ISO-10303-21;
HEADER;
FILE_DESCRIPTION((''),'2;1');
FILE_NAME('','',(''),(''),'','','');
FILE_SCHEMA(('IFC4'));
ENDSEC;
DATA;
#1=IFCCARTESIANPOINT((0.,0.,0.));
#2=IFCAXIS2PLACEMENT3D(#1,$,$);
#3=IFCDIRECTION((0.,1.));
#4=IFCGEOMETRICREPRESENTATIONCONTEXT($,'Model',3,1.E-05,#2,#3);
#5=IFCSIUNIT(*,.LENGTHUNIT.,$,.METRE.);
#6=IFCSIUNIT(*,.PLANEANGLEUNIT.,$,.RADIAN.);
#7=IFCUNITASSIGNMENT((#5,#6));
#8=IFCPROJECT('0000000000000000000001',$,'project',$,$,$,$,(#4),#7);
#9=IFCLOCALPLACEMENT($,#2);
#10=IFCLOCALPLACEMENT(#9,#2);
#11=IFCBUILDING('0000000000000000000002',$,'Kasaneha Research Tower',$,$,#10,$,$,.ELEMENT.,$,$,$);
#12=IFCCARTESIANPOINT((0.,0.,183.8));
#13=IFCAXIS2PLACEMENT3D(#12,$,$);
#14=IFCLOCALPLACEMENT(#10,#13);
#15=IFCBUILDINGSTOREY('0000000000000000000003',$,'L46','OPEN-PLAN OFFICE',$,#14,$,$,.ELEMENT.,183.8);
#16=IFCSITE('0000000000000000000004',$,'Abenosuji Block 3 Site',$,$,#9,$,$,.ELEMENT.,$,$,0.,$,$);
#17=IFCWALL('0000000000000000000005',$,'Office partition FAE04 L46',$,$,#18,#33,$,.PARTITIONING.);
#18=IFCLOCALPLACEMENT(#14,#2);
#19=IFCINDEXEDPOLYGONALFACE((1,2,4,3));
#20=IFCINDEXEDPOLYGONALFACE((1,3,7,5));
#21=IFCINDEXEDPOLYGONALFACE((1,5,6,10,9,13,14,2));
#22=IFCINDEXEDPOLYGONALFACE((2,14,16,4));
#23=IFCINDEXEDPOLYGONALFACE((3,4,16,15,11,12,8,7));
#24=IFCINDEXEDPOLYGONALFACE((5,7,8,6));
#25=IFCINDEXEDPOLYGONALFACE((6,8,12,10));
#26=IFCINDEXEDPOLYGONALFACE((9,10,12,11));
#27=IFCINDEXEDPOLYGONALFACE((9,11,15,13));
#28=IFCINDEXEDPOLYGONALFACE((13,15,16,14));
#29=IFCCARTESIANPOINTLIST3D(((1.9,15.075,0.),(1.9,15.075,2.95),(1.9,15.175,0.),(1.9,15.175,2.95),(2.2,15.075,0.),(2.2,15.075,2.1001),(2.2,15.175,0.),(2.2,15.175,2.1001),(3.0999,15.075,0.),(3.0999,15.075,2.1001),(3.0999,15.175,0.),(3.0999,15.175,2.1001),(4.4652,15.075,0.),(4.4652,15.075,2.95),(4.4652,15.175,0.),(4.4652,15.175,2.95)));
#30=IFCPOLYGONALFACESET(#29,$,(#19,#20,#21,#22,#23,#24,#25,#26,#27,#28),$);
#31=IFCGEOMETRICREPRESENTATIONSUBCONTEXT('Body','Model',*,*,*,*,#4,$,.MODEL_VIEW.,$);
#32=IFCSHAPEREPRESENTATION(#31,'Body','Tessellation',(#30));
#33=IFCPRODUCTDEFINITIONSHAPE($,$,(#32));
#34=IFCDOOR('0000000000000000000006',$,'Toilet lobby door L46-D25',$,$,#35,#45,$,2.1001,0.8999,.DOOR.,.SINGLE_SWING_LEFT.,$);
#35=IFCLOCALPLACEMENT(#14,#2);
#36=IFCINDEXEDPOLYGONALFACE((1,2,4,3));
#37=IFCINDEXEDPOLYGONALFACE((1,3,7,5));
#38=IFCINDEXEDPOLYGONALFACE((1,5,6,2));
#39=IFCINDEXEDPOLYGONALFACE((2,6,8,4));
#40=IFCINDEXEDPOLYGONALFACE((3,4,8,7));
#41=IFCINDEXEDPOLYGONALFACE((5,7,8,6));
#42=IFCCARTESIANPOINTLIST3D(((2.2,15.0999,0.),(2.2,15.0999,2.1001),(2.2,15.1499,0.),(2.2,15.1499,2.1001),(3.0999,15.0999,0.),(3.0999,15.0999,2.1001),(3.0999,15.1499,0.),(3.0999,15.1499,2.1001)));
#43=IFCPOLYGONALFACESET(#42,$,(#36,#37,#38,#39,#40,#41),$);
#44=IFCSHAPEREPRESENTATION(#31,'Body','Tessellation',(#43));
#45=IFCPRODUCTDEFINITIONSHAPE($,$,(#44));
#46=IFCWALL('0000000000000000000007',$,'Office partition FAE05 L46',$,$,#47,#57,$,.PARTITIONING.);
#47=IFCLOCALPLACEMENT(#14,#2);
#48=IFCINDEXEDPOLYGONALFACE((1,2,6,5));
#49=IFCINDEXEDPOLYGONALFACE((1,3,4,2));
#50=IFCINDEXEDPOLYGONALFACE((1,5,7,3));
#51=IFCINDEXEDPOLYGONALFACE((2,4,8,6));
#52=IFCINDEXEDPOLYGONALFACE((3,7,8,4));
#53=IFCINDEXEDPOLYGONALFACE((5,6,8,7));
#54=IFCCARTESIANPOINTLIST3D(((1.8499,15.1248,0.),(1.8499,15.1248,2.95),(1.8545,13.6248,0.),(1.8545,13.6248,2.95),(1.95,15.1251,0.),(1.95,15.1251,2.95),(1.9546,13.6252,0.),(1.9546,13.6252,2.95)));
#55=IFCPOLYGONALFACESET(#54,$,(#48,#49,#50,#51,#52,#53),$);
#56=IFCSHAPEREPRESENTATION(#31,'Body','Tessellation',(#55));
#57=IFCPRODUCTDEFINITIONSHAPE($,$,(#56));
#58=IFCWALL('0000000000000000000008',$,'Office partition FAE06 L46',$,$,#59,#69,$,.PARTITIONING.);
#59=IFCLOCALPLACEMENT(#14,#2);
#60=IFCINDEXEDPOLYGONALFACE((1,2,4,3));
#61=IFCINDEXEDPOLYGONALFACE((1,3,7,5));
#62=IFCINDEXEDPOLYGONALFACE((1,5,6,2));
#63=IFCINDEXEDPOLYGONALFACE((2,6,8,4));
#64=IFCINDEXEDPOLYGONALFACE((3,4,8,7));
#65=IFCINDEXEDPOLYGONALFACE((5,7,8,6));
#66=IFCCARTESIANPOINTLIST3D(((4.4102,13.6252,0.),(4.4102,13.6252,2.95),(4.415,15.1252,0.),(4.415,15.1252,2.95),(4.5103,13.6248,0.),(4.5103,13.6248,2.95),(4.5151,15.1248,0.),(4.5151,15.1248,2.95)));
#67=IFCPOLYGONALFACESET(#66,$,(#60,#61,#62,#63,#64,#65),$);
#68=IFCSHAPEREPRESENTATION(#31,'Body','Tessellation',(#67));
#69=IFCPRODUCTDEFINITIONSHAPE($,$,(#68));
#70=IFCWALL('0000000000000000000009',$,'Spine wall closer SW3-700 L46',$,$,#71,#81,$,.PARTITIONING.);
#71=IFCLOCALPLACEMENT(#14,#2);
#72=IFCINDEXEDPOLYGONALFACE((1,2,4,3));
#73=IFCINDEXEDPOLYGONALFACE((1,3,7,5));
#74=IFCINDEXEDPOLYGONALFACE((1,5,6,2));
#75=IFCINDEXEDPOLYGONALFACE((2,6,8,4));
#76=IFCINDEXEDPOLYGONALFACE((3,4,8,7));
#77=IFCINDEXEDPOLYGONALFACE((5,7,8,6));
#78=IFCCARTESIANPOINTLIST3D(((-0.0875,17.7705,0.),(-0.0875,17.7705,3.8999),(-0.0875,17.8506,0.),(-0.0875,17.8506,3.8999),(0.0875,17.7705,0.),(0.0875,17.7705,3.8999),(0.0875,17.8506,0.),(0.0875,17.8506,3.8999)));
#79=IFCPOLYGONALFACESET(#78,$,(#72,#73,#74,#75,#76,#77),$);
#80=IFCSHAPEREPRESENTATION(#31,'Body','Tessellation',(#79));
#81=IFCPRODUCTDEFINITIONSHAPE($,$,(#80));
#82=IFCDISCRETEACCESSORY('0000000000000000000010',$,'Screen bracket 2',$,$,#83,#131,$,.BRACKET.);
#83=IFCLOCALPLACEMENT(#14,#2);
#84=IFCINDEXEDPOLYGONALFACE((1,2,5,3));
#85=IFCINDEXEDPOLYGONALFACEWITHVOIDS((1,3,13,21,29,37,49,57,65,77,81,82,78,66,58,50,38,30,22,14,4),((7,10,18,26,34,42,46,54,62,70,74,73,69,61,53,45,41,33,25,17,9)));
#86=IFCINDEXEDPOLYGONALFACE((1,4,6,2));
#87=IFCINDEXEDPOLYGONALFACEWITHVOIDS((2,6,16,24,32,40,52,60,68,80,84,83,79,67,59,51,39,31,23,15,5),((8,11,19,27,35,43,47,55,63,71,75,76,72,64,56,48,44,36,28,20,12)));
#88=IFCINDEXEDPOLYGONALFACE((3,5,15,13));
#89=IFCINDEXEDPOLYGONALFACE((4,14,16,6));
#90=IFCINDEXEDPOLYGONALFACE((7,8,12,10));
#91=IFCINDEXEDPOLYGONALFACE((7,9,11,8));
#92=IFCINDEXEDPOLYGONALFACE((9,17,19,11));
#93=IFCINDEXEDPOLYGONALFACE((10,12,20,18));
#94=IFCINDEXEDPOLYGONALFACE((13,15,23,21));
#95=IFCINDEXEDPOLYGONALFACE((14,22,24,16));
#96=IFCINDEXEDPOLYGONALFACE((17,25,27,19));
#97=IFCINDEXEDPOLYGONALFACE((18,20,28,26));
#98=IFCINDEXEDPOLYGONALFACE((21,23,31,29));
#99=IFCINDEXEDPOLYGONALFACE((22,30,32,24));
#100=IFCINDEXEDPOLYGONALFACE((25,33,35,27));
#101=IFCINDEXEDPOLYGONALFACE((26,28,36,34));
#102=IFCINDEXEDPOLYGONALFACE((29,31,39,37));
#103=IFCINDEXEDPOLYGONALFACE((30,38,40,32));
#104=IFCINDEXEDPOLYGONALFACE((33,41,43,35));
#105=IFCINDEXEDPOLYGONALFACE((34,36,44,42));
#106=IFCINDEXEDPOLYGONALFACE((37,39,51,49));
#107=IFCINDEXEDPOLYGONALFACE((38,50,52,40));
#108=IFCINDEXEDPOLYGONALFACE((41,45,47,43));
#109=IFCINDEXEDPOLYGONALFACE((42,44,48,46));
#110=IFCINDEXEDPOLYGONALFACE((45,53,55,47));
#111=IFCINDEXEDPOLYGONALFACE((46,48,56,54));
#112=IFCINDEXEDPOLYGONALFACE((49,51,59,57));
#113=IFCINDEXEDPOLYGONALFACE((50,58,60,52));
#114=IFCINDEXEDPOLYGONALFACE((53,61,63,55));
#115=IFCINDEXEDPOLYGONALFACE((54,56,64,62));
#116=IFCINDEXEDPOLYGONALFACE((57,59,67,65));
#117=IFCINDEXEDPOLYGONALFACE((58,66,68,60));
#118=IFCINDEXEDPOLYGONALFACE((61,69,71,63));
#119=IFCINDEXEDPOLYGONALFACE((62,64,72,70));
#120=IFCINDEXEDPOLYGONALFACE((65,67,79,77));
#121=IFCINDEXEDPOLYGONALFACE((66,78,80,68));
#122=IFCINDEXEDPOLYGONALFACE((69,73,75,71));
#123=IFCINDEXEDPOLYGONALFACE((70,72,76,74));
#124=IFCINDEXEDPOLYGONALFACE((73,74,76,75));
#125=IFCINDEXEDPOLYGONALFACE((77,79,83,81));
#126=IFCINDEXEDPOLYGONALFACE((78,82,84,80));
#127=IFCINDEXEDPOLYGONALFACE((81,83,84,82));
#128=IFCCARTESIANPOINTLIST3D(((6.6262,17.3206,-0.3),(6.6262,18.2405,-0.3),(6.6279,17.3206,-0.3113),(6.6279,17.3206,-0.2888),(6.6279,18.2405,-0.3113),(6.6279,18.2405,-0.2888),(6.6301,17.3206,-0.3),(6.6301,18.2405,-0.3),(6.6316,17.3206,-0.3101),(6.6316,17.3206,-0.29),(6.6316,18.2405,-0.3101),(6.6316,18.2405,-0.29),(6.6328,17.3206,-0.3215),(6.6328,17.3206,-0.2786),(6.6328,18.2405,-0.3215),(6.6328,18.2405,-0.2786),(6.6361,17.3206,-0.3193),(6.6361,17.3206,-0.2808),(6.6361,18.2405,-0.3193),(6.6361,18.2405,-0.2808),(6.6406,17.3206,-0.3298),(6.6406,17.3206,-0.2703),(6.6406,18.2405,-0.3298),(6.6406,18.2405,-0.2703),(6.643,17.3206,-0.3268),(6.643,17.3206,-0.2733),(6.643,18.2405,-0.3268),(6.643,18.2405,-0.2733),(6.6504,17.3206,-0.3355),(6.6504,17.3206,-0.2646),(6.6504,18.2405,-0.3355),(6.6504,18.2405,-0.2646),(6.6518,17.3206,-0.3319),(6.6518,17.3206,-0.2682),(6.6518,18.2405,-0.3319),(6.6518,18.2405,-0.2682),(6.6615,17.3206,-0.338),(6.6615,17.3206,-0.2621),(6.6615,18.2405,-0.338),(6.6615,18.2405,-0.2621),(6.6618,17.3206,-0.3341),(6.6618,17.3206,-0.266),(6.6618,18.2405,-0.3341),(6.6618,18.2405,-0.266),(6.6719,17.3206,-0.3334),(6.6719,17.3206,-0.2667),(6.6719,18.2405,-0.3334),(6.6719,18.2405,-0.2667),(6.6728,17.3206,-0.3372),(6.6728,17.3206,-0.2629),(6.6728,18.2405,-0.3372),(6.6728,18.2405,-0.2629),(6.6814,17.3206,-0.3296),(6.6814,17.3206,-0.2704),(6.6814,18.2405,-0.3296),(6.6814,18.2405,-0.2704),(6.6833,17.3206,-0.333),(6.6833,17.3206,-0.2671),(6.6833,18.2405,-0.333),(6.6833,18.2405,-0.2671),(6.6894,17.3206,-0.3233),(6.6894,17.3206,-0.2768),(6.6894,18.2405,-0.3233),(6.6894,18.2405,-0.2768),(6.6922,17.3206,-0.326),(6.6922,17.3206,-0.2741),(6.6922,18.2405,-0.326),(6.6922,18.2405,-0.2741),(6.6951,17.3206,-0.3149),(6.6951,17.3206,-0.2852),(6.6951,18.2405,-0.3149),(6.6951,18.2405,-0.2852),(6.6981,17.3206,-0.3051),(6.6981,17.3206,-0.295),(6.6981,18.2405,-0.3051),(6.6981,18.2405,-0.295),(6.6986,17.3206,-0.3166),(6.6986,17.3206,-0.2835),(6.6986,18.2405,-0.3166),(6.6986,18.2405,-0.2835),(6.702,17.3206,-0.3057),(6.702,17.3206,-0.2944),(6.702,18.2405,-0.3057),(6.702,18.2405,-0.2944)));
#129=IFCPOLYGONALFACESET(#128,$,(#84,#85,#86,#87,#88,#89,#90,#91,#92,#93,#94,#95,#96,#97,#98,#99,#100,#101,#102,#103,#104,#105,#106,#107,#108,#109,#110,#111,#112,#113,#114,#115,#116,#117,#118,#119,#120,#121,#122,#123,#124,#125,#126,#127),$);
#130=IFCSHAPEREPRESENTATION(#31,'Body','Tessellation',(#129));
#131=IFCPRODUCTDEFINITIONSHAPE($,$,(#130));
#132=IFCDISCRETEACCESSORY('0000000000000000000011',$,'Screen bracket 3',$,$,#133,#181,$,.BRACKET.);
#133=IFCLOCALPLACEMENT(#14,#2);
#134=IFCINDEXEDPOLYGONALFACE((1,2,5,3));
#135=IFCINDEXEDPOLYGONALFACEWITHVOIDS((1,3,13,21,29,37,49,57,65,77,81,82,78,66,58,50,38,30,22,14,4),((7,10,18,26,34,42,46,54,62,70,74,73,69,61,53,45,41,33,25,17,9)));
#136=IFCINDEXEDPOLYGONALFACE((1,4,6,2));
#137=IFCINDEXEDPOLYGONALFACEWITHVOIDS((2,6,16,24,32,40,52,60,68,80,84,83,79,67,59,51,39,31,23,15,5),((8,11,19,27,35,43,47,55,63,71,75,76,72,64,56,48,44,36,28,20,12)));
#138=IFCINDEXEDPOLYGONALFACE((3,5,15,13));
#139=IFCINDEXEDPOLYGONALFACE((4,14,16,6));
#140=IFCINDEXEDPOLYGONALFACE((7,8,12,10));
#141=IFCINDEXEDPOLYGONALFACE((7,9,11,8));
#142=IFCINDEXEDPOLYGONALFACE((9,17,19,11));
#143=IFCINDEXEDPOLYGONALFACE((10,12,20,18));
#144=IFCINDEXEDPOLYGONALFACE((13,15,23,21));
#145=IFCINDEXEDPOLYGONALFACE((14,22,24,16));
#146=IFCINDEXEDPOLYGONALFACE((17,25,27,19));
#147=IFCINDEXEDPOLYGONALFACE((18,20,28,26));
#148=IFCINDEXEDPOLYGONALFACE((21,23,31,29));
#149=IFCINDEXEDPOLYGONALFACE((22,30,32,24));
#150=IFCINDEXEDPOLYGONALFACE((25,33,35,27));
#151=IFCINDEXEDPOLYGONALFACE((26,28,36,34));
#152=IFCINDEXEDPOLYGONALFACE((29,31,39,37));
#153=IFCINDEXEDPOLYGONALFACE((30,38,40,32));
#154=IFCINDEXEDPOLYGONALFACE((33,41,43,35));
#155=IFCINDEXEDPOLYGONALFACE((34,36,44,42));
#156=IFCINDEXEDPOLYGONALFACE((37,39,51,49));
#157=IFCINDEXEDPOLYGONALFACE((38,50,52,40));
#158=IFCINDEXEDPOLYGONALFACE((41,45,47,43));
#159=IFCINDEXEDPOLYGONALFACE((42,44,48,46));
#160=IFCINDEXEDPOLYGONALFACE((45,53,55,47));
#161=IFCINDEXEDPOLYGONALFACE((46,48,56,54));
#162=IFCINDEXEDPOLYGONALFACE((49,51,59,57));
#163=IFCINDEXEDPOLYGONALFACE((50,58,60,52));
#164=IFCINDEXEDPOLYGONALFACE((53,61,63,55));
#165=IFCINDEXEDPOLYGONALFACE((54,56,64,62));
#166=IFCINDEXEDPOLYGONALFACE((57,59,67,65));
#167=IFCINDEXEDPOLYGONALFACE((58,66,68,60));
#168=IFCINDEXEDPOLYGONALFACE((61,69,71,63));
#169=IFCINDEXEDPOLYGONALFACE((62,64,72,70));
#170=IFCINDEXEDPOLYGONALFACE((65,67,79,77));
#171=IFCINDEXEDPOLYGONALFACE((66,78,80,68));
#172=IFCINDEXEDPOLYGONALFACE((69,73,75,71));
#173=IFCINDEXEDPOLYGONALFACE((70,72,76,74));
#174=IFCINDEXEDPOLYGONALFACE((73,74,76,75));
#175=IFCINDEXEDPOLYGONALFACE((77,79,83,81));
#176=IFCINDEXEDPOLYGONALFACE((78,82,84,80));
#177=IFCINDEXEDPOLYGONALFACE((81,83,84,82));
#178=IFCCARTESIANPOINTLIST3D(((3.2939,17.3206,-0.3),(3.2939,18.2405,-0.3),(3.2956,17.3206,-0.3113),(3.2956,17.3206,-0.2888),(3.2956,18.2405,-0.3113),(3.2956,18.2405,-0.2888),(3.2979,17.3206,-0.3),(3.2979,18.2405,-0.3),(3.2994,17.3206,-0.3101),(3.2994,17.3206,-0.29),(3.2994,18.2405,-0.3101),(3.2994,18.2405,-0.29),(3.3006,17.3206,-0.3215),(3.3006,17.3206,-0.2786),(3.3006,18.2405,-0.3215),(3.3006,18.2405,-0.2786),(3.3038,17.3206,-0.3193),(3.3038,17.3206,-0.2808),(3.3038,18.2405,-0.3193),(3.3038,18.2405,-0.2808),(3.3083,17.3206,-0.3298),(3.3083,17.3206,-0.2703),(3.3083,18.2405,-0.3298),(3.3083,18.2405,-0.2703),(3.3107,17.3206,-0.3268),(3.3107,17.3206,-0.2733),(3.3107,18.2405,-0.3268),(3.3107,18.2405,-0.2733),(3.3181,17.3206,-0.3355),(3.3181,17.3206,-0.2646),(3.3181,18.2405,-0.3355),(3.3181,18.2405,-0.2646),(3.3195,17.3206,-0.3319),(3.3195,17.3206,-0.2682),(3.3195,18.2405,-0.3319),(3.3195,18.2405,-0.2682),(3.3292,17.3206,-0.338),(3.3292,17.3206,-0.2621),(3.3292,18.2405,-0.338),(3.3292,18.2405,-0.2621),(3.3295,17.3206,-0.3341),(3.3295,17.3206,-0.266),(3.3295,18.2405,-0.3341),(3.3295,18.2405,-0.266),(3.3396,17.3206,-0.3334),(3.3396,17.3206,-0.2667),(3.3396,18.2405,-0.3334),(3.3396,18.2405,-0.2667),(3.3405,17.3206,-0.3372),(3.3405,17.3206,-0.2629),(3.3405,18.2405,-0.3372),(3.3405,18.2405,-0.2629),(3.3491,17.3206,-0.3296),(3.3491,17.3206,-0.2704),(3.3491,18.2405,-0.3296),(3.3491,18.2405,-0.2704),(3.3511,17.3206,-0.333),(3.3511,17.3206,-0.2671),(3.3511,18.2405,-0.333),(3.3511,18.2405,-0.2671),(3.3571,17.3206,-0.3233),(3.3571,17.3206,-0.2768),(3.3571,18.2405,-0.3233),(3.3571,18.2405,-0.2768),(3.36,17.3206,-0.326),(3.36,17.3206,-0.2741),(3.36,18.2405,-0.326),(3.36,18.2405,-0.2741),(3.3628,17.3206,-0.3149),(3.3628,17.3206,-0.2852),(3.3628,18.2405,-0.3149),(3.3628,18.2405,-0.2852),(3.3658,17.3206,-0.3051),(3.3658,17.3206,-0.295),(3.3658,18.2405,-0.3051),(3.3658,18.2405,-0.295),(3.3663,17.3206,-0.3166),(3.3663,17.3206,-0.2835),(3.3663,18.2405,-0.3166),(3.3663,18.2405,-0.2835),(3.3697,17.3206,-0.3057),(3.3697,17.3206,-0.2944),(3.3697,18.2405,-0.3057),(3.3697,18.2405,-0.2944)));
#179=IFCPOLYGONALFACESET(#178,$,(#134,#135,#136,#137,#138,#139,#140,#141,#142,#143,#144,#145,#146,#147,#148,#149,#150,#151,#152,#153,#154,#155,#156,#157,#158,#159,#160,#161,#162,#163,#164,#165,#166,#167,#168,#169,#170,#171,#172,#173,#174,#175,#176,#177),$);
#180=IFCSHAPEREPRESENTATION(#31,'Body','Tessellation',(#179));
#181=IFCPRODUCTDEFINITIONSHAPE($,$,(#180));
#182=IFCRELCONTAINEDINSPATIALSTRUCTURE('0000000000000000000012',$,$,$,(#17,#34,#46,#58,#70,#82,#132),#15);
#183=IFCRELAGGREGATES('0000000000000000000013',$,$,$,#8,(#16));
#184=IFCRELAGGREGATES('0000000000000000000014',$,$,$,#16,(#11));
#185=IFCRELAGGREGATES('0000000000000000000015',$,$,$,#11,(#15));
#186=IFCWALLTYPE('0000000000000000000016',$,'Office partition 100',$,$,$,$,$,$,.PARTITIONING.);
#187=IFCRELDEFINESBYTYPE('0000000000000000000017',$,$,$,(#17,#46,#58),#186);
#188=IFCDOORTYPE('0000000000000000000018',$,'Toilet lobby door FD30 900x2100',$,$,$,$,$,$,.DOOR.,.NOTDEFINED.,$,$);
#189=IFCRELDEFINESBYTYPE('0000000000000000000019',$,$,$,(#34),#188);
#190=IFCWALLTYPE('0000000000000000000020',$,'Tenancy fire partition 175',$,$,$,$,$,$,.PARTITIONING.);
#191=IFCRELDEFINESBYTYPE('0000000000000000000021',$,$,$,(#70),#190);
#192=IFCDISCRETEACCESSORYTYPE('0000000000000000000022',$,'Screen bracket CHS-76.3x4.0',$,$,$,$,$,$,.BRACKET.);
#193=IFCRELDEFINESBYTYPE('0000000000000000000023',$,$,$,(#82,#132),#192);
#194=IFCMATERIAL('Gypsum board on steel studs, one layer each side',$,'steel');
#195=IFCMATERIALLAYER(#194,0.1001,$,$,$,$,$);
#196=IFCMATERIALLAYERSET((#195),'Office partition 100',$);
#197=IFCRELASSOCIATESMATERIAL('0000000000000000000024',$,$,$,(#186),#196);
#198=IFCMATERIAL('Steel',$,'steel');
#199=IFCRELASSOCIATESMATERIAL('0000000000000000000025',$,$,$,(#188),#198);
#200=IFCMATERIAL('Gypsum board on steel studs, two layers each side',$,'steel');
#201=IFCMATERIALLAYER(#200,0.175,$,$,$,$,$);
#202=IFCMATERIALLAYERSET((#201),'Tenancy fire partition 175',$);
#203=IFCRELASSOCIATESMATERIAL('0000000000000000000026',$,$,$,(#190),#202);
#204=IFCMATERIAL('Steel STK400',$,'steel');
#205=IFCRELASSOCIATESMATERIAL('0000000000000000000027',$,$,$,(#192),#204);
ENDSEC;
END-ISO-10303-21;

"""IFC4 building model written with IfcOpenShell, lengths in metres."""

from ifc_helpers import new_model, si_unit, direction, frame, frame_2d, origin, origin_2d, place, context, subcontext, project, spatial, rectangle, hollow_circle, extrude, material, layer, layer_set, material_profile, profile_set, type_object, element, fill, save


model = new_model("IFC4")

# Units and contexts
model_context = context("Model", 3, precision=1e-05, world=origin(), true_north=direction((0.0, 1.0)))
body_context = subcontext(model_context, "Body", "Model", "MODEL_VIEW")
ifc_project = project(units=[si_unit("LENGTHUNIT", "METRE"), si_unit("PLANEANGLEUNIT", "RADIAN")], contexts=[model_context])

# Site, building, storey
site_placement = place(None, origin())
site = spatial("IfcSite", under=ifc_project, at=site_placement, Name="Abenosuji Block 3 Site", CompositionType="ELEMENT", RefElevation=0.0)
building_placement = place(site_placement, origin())
building = spatial("IfcBuilding", under=site, at=building_placement, Name="Kasaneha Research Tower", CompositionType="ELEMENT")
storey_placement = place(building_placement, frame((0.0, 0.0, 183.8)))
storey = spatial("IfcBuildingStorey", under=building, at=storey_placement, Name="L46", Description="OPEN-PLAN OFFICE", CompositionType="ELEMENT", Elevation=183.8)

# Shared definitions
ifc_material_1 = material(Name="Gypsum board on steel studs, one layer each side", Category="steel")
ifc_layer_1 = layer(ifc_material_1, 0.1001)
ifc_layer_set_1 = layer_set([ifc_layer_1], Name="Office partition 100")
wall_type_1 = type_object("IfcWallType", Name="Office partition 100", PredefinedType="PARTITIONING", material=ifc_layer_set_1)
ifc_material_2 = material(Name="Steel", Category="steel")
door_type = type_object("IfcDoorType", Name="Toilet lobby door FD30 900x2100", OperationType="NOTDEFINED", PredefinedType="DOOR", material=ifc_material_2)

# Wall, opening, door
wall_1_placement = place(storey_placement, frame((1.8999, 15.125, 0.0), z_axis=(0.0, 0.0, 1.0), x_axis=(1.0, 0.0, 0.0)))
wall_1 = element("IfcWall", 1, at=wall_1_placement, inside=storey, type_object=wall_type_1, Name="Office partition FAE04 L46", PredefinedType="PARTITIONING", context=body_context, shape_type="SweptSolid", body=[
    extrude(rectangle(XDim=2.5652, YDim=0.1001, at=frame_2d((1.2827, 0.0))), origin(), (0.0, 0.0, 1.0), 2.95),
])
opening_1_placement = place(wall_1_placement, frame((0.3, 0.0, 0.0)))
opening_1 = element("IfcOpeningElement", 2, at=opening_1_placement, cuts=wall_1, PredefinedType="OPENING", context=body_context, shape_type="SweptSolid", body=[
    extrude(rectangle(XDim=0.8999, YDim=2.1001, at=frame_2d((0.45, 1.05))), frame((0.0, 0.0601, 0.0), z_axis=(0.0, -1.0, 0.0), x_axis=(1.0, 0.0, 0.0)), (0.0, 0.0, 1.0), 0.1201),
])
door_1_placement = place(opening_1_placement, origin())
door_1 = element("IfcDoor", 3, at=door_1_placement, inside=storey, type_object=door_type, Name="Toilet lobby door L46-D25", OperationType="SINGLE_SWING_LEFT", OverallHeight=2.1001, OverallWidth=0.8999, PredefinedType="DOOR", context=body_context, shape_type="SweptSolid", body=[
    extrude(rectangle(XDim=0.8999, YDim=2.1001, at=frame_2d((0.45, 1.05))), frame((0.0, 0.0249, 0.0), z_axis=(0.0, -1.0, 0.0), x_axis=(1.0, 0.0, 0.0)), (0.0, 0.0, 1.0), 0.05),
])
fill(opening_1, door_1)

# Walls
for number, where, z_axis, x_axis, name in (
    (4, (1.9045, 13.625, 0.0), (0.0, 0.0, 1.0), (-0.003092, 0.999995, 0.0), "Office partition FAE05 L46"),
    (5, (4.4651, 15.125, 0.0), (0.0, 0.0, 1.0), (-0.003255, -0.999995, 0.0), "Office partition FAE06 L46"),
):
    element("IfcWall", number, at=place(storey_placement, frame(where, z_axis=z_axis, x_axis=x_axis)), inside=storey, type_object=wall_type_1, Name=name, PredefinedType="PARTITIONING", context=body_context, shape_type="SweptSolid", body=[
        extrude(rectangle(XDim=1.5, YDim=0.1001, at=frame_2d((0.75, 0.0))), origin(), (0.0, 0.0, 1.0), 2.95),
    ])
ifc_material_3 = material(Name="Gypsum board on steel studs, two layers each side", Category="steel")
ifc_layer_2 = layer(ifc_material_3, 0.175)
ifc_layer_set_2 = layer_set([ifc_layer_2], Name="Tenancy fire partition 175")
wall_type_2 = type_object("IfcWallType", Name="Tenancy fire partition 175", PredefinedType="PARTITIONING", material=ifc_layer_set_2)
wall_2_placement = place(storey_placement, frame((0.0, 17.7705, 0.0), z_axis=(0.0, 0.0, 1.0), x_axis=(0.0, 1.0, 0.0)))
element("IfcWall", 6, at=wall_2_placement, inside=storey, type_object=wall_type_2, Name="Spine wall closer SW3-700 L46", PredefinedType="PARTITIONING", context=body_context, shape_type="SweptSolid", body=[
    extrude(rectangle(XDim=0.0801, YDim=0.175, at=frame_2d((0.04, 0.0))), origin(), (0.0, 0.0, 1.0), 3.8999),
])

# Discrete accessories
ifc_material_4 = material(Name="Steel STK400", Category="steel")
ifc_material_profile_1 = material_profile(ifc_material_4, hollow_circle(Radius=0.0381, WallThickness=0.0039, at=origin_2d()), Name="CHS-76.3x4.0")
ifc_profile_set_1 = profile_set([ifc_material_profile_1], Name="Steel STK400")
discrete_accessory_type = type_object("IfcDiscreteAccessoryType", Name="Screen bracket CHS-76.3x4.0", PredefinedType="BRACKET", material=ifc_profile_set_1)
for number, where, z_axis, x_axis, name in (
    (7, (6.6643, 17.3206, -0.3), (0.0, 1.0, 0.0), (-1.0, 0.0, 0.0), "Screen bracket 2"),
    (8, (3.332, 17.3206, -0.3), (0.0, 1.0, 0.0), (-1.0, 0.0, 0.0), "Screen bracket 3"),
):
    element("IfcDiscreteAccessory", number, at=place(storey_placement, frame(where, z_axis=z_axis, x_axis=x_axis)), inside=storey, type_object=discrete_accessory_type, Name=name, PredefinedType="BRACKET", context=body_context, shape_type="SweptSolid", body=[
        extrude(hollow_circle(Radius=0.0381, WallThickness=0.0039, at=origin_2d()), origin(), (0.0, 0.0, 1.0), 0.9199),
    ])

save(model, "model.ifc")
